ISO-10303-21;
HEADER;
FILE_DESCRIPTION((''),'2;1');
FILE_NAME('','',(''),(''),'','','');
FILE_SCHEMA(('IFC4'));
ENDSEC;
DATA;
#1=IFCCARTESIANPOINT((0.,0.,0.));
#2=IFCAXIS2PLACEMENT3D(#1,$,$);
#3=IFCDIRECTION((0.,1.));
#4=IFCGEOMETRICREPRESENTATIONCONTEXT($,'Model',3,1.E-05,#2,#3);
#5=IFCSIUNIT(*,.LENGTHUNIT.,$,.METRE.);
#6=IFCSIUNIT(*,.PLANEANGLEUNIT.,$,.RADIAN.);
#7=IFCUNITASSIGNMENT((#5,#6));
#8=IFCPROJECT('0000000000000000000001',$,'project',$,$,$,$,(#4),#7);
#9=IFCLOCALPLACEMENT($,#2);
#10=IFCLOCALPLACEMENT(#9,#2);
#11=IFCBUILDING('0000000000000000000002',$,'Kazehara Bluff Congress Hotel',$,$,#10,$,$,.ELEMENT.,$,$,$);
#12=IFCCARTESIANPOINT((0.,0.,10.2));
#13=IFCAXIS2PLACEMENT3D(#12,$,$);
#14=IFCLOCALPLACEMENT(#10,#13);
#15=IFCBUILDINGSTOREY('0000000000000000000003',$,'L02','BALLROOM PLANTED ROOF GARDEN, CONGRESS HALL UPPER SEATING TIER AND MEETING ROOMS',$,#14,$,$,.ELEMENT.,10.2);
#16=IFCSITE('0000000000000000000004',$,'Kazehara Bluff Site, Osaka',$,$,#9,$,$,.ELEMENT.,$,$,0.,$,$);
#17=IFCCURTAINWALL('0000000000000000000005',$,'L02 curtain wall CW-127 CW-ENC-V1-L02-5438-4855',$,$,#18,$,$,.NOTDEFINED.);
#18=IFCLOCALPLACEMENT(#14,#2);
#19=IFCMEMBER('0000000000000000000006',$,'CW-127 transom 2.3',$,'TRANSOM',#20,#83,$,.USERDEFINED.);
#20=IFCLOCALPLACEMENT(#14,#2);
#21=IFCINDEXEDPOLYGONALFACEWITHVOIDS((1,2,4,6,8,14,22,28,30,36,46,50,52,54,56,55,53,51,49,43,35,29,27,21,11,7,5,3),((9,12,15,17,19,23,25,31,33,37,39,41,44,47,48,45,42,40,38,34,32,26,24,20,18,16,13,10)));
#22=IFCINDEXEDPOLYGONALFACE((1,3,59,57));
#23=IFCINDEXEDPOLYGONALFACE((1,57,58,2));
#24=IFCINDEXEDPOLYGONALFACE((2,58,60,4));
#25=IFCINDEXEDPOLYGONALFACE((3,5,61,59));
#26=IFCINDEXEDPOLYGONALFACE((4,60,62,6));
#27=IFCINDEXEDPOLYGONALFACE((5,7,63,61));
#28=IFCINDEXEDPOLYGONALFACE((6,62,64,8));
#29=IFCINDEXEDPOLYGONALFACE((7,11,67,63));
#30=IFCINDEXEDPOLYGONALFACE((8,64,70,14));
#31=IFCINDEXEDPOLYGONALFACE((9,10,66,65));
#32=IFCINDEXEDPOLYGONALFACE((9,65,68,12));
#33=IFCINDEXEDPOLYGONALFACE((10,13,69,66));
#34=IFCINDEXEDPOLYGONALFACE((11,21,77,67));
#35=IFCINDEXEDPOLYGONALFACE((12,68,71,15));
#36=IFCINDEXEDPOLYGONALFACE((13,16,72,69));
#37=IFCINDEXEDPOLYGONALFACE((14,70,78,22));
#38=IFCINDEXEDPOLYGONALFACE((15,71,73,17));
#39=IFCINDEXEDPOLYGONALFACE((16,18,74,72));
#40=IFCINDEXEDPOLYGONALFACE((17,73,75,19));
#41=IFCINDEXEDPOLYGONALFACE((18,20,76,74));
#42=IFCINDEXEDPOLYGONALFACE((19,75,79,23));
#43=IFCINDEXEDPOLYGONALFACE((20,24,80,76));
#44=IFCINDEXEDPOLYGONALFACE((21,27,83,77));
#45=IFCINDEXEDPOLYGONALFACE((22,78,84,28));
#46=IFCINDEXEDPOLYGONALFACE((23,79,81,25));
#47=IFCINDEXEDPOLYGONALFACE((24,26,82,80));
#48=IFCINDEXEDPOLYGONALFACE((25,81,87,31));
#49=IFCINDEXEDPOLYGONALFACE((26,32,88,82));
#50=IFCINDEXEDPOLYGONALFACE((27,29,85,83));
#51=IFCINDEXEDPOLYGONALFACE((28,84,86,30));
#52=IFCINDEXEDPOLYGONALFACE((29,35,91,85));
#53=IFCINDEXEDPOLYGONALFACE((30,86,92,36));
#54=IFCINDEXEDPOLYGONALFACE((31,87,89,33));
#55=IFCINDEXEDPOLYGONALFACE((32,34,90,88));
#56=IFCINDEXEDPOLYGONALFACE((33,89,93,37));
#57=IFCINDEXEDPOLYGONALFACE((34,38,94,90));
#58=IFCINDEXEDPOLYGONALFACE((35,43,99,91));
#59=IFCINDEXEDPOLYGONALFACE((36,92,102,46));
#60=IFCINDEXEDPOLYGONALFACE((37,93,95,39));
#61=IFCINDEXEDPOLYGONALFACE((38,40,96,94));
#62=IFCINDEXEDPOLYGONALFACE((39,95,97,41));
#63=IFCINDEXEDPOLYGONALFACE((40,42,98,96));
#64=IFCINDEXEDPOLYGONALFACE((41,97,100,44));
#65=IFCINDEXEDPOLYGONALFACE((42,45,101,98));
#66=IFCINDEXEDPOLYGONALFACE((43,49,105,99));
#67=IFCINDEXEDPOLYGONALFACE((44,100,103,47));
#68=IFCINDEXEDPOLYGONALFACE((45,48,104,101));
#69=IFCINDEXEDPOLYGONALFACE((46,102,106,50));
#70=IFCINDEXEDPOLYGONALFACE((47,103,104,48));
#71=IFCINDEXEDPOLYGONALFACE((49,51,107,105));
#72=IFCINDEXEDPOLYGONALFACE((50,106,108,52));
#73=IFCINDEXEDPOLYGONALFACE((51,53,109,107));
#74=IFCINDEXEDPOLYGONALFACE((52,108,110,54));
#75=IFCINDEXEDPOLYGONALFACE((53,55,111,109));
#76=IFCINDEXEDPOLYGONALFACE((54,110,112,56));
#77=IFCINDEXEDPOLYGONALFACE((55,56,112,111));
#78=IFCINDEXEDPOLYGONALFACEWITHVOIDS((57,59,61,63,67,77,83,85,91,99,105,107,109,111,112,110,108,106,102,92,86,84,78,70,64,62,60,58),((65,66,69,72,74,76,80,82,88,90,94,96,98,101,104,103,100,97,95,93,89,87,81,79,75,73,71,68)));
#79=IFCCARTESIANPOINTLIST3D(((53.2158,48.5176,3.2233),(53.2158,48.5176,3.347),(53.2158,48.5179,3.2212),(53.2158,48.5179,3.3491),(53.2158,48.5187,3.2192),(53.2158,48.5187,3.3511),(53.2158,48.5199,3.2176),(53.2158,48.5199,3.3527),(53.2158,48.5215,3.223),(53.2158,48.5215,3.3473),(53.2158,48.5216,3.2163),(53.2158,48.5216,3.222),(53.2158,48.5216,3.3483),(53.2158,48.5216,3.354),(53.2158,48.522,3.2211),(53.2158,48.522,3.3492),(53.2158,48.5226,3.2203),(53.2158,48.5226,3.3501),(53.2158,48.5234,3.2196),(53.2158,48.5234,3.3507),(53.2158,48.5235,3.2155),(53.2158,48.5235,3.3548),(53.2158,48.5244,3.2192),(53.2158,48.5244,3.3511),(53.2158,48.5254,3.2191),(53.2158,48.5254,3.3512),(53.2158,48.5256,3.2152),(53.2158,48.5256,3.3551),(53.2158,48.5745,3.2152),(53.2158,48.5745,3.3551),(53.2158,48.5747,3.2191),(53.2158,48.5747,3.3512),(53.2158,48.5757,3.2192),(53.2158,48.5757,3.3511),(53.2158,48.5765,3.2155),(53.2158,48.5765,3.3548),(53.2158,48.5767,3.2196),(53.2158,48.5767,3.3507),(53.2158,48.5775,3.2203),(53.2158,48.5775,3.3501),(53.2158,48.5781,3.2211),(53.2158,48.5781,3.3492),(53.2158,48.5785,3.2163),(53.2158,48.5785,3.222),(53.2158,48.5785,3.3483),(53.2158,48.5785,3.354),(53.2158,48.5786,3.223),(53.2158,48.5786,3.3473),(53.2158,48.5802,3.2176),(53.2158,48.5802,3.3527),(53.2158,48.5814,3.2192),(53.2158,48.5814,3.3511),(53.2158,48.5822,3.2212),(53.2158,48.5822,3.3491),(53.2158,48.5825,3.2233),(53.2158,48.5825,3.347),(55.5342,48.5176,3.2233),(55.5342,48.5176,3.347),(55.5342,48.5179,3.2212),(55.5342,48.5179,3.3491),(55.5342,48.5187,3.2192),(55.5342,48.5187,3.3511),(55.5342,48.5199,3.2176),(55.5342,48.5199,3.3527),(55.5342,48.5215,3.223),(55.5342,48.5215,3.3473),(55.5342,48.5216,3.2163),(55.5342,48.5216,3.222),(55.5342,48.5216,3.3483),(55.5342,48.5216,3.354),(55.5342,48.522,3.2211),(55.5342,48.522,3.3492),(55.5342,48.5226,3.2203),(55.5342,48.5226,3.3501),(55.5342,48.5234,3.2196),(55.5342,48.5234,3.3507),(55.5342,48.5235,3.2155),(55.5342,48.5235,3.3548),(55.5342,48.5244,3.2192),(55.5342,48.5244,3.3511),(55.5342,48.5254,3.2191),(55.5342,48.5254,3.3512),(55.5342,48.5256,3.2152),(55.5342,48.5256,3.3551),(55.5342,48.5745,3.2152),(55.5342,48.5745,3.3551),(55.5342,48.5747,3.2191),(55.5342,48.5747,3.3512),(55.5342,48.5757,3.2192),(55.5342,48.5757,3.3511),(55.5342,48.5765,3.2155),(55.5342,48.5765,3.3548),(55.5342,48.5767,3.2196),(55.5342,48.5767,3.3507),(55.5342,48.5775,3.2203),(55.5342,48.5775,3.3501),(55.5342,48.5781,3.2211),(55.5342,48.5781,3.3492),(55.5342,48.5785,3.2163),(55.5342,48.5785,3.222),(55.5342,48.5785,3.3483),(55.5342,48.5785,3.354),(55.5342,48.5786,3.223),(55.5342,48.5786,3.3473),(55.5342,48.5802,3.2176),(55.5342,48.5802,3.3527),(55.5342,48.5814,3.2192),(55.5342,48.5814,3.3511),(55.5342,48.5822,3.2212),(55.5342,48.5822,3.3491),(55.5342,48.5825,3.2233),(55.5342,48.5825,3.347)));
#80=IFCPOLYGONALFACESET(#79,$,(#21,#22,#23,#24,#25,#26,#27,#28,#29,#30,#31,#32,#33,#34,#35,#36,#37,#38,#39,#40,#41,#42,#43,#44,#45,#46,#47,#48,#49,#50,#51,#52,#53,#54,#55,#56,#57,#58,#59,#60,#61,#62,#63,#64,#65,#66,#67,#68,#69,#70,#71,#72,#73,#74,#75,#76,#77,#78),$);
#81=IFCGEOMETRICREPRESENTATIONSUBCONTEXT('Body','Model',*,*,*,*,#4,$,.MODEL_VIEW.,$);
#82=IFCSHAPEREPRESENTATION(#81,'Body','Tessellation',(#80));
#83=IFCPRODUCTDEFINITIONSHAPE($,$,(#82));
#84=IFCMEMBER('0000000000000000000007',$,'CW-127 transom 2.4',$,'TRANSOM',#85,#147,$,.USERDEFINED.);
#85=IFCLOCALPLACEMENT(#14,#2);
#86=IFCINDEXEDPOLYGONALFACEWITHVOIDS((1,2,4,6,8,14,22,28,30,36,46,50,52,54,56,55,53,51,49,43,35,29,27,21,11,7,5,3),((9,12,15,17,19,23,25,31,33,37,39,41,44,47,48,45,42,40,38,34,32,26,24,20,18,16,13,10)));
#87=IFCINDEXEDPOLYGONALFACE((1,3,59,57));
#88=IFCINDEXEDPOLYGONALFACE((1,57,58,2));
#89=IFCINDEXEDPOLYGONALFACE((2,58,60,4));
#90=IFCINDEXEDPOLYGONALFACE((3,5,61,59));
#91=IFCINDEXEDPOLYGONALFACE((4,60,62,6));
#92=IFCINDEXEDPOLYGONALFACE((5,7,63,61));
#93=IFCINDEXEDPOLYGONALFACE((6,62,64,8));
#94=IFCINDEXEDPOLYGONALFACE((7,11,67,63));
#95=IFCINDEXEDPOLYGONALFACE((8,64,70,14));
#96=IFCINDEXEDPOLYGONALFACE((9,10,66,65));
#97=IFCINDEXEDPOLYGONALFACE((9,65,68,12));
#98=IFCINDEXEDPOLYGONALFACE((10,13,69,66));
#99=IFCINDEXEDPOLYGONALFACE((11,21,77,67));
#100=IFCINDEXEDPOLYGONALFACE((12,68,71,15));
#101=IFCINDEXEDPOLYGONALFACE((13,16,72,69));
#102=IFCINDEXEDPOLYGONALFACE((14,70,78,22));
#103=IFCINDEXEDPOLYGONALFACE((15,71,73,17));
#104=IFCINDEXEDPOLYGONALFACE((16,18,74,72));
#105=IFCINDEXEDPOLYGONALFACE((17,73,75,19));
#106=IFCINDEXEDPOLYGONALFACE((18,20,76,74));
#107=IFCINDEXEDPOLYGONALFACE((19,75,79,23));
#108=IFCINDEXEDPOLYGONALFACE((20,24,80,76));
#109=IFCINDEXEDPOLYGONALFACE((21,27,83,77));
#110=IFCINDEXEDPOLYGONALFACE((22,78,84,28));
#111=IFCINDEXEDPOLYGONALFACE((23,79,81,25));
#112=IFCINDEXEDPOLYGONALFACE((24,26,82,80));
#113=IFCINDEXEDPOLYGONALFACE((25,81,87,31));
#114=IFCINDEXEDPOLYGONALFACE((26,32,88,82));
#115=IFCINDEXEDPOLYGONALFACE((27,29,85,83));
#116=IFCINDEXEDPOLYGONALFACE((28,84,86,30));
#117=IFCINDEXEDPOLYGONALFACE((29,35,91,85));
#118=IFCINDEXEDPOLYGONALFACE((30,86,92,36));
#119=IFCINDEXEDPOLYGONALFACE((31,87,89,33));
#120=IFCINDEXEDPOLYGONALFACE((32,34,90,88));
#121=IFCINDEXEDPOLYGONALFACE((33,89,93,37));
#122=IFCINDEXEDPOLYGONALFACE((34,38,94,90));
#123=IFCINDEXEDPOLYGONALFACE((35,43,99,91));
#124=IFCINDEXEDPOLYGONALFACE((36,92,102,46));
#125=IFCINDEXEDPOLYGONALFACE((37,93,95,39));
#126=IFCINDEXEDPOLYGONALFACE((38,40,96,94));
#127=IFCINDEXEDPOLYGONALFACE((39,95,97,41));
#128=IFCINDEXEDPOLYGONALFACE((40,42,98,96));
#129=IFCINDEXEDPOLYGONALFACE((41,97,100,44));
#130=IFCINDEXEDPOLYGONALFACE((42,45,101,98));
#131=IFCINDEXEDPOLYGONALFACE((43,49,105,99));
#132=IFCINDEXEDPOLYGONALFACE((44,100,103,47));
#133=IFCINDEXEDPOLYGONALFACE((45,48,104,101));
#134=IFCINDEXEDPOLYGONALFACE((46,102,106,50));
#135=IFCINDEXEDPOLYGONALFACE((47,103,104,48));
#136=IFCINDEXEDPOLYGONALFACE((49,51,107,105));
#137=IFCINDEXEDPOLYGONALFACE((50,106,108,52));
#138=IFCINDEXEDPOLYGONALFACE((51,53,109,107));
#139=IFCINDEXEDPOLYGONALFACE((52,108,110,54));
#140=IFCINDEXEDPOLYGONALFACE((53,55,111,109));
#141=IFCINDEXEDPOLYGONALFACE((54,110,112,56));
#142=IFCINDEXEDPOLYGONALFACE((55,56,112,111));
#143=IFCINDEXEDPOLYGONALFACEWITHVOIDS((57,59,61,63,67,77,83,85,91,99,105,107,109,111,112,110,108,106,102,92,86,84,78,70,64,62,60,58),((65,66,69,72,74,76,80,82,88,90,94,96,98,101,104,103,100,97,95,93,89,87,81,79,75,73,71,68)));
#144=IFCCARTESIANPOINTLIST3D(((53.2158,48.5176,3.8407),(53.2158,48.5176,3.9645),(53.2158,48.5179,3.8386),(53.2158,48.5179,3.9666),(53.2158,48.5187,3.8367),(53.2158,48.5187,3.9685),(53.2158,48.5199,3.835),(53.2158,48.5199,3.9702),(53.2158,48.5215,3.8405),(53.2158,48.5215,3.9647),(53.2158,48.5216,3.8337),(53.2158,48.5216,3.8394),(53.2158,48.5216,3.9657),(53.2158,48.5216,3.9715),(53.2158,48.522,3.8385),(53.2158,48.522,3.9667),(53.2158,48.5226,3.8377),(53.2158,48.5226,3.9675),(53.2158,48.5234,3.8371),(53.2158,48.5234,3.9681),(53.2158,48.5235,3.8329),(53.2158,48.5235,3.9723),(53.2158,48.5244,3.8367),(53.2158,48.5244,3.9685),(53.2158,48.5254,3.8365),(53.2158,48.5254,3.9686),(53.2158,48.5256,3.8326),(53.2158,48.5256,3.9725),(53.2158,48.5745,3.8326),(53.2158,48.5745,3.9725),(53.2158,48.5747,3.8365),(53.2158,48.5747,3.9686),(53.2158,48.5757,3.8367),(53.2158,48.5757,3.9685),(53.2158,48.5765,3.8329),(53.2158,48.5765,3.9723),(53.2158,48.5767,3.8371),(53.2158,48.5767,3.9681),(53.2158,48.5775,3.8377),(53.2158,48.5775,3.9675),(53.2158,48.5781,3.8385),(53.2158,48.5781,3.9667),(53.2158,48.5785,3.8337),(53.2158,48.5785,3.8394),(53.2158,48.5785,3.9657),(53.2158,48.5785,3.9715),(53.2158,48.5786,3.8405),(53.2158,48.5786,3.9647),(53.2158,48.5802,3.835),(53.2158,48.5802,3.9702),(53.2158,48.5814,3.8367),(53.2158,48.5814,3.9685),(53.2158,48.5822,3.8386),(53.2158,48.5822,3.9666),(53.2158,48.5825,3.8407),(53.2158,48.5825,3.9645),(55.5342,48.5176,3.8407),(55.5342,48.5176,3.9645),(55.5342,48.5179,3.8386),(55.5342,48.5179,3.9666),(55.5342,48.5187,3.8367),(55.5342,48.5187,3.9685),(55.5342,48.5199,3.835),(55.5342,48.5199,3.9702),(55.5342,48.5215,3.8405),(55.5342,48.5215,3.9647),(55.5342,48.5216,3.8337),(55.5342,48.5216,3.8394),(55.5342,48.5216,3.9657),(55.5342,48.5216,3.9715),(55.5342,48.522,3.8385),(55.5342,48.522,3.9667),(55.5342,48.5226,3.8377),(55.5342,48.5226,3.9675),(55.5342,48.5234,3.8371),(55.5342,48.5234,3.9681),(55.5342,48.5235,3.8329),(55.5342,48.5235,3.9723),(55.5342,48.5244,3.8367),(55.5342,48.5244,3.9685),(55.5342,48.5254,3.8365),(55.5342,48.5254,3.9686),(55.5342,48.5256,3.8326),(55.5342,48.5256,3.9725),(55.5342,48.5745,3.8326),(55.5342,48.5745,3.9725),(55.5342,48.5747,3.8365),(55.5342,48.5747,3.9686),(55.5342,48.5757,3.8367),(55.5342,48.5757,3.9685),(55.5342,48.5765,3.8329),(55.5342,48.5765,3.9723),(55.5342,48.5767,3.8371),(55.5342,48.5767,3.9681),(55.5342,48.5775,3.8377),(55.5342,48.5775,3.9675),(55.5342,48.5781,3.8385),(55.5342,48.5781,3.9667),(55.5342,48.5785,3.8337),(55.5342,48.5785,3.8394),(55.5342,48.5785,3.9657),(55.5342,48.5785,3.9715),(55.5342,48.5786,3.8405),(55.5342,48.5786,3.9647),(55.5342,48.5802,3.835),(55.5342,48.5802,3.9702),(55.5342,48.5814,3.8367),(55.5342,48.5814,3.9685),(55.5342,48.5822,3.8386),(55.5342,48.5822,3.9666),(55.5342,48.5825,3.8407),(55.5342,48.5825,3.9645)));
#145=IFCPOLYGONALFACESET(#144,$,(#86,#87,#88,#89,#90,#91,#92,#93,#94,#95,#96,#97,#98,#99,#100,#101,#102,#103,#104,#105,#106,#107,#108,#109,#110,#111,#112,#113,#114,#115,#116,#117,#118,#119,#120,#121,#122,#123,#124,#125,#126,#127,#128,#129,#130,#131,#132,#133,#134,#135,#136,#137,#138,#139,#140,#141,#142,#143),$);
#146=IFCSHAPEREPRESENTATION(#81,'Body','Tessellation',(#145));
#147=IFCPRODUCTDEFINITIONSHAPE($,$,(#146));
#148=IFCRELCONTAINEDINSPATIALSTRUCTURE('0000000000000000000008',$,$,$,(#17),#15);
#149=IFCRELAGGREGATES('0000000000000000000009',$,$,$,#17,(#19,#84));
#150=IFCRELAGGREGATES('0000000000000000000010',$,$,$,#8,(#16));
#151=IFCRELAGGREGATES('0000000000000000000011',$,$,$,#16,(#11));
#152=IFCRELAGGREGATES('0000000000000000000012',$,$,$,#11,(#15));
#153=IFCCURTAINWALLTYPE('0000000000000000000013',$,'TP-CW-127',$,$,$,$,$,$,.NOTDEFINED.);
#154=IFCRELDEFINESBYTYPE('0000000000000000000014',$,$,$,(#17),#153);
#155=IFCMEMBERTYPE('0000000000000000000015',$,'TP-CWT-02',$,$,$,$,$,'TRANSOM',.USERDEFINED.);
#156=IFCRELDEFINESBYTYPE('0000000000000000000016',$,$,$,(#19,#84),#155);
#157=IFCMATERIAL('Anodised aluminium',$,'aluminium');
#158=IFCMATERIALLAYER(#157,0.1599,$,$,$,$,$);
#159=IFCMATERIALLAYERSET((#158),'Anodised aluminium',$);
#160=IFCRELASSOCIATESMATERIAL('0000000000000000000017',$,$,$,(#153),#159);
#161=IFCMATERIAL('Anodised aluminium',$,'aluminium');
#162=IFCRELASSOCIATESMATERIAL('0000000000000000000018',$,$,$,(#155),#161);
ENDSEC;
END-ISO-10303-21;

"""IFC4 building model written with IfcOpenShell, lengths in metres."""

from ifc_helpers import new_model, si_unit, direction, frame, origin, origin_2d, place, context, subcontext, project, spatial, hollow_rectangle, extrude, material, layer, layer_set, material_profile, profile_set, type_object, element, aggregate, save


model = new_model("IFC4")

# Units and contexts
model_context = context("Model", 3, precision=1e-05, world=origin(), true_north=direction((0.0, 1.0)))
body_context = subcontext(model_context, "Body", "Model", "MODEL_VIEW")
ifc_project = project(units=[si_unit("LENGTHUNIT", "METRE"), si_unit("PLANEANGLEUNIT", "RADIAN")], contexts=[model_context])

# Site, building, storey
site_placement = place(None, origin())
site = spatial("IfcSite", under=ifc_project, at=site_placement, Name="Kazehara Bluff Site, Osaka", CompositionType="ELEMENT", RefElevation=0.0)
building_placement = place(site_placement, origin())
building = spatial("IfcBuilding", under=site, at=building_placement, Name="Kazehara Bluff Congress Hotel", CompositionType="ELEMENT")
storey_placement = place(building_placement, frame((0.0, 0.0, 10.2)))
storey = spatial("IfcBuildingStorey", under=building, at=storey_placement, Name="L02", Description="BALLROOM PLANTED ROOF GARDEN, CONGRESS HALL UPPER SEATING TIER AND MEETING ROOMS", CompositionType="ELEMENT", Elevation=10.2)

# Curtain wall
ifc_material_1 = material(Name="Anodised aluminium", Category="aluminium")
ifc_layer_1 = layer(ifc_material_1, 0.1599)
ifc_layer_set_1 = layer_set([ifc_layer_1], Name="Anodised aluminium")
curtain_wall_type_1 = type_object("IfcCurtainWallType", Name="TP-CW-127", PredefinedType="NOTDEFINED", material=ifc_layer_set_1)
curtain_wall_1_placement = place(storey_placement, origin())
curtain_wall_1 = element("IfcCurtainWall", 1, at=curtain_wall_1_placement, inside=storey, type_object=curtain_wall_type_1, Name="L02 curtain wall CW-127 CW-ENC-V1-L02-5438-4855", PredefinedType="NOTDEFINED")

# Members
ifc_material_2 = material(Name="Anodised aluminium", Category="aluminium")
ifc_material_profile_1 = material_profile(ifc_material_2, hollow_rectangle(XDim=0.0649, YDim=0.1399, WallThickness=0.0039, InnerFilletRadius=0.0039, OuterFilletRadius=0.0081, at=origin_2d()))
ifc_profile_set_1 = profile_set([ifc_material_profile_1], Name="Anodised aluminium")
member_type_1 = type_object("IfcMemberType", Name="TP-CWT-02", ElementType="TRANSOM", PredefinedType="USERDEFINED", material=ifc_profile_set_1)
member_1_placement = place(storey_placement, frame((55.5342, 48.55, 3.2852), z_axis=(-1.0, 0.0, 0.0), x_axis=(0.0, -1.0, 0.0)))
member_1 = element("IfcMember", 2, at=member_1_placement, type_object=member_type_1, Name="CW-127 transom 2.3", ObjectType="TRANSOM", PredefinedType="USERDEFINED", context=body_context, shape_type="SweptSolid", body=[
    extrude(hollow_rectangle(XDim=0.0649, YDim=0.1399, WallThickness=0.0039, InnerFilletRadius=0.0039, OuterFilletRadius=0.0081, at=origin_2d()), origin(), (0.0, 0.0, 1.0), 2.3184),
])
member_2_placement = place(storey_placement, frame((55.5342, 48.55, 3.9026), z_axis=(-1.0, 0.0, 0.0), x_axis=(0.0, -1.0, 0.0)))
member_2 = element("IfcMember", 3, at=member_2_placement, type_object=member_type_1, Name="CW-127 transom 2.4", ObjectType="TRANSOM", PredefinedType="USERDEFINED", context=body_context, shape_type="SweptSolid", body=[
    extrude(hollow_rectangle(XDim=0.0649, YDim=0.1399, WallThickness=0.0039, InnerFilletRadius=0.0039, OuterFilletRadius=0.0081, at=origin_2d()), origin(), (0.0, 0.0, 1.0), 2.3184),
])

aggregate(curtain_wall_1, [member_1, member_2])

save(model, "model.ifc")
